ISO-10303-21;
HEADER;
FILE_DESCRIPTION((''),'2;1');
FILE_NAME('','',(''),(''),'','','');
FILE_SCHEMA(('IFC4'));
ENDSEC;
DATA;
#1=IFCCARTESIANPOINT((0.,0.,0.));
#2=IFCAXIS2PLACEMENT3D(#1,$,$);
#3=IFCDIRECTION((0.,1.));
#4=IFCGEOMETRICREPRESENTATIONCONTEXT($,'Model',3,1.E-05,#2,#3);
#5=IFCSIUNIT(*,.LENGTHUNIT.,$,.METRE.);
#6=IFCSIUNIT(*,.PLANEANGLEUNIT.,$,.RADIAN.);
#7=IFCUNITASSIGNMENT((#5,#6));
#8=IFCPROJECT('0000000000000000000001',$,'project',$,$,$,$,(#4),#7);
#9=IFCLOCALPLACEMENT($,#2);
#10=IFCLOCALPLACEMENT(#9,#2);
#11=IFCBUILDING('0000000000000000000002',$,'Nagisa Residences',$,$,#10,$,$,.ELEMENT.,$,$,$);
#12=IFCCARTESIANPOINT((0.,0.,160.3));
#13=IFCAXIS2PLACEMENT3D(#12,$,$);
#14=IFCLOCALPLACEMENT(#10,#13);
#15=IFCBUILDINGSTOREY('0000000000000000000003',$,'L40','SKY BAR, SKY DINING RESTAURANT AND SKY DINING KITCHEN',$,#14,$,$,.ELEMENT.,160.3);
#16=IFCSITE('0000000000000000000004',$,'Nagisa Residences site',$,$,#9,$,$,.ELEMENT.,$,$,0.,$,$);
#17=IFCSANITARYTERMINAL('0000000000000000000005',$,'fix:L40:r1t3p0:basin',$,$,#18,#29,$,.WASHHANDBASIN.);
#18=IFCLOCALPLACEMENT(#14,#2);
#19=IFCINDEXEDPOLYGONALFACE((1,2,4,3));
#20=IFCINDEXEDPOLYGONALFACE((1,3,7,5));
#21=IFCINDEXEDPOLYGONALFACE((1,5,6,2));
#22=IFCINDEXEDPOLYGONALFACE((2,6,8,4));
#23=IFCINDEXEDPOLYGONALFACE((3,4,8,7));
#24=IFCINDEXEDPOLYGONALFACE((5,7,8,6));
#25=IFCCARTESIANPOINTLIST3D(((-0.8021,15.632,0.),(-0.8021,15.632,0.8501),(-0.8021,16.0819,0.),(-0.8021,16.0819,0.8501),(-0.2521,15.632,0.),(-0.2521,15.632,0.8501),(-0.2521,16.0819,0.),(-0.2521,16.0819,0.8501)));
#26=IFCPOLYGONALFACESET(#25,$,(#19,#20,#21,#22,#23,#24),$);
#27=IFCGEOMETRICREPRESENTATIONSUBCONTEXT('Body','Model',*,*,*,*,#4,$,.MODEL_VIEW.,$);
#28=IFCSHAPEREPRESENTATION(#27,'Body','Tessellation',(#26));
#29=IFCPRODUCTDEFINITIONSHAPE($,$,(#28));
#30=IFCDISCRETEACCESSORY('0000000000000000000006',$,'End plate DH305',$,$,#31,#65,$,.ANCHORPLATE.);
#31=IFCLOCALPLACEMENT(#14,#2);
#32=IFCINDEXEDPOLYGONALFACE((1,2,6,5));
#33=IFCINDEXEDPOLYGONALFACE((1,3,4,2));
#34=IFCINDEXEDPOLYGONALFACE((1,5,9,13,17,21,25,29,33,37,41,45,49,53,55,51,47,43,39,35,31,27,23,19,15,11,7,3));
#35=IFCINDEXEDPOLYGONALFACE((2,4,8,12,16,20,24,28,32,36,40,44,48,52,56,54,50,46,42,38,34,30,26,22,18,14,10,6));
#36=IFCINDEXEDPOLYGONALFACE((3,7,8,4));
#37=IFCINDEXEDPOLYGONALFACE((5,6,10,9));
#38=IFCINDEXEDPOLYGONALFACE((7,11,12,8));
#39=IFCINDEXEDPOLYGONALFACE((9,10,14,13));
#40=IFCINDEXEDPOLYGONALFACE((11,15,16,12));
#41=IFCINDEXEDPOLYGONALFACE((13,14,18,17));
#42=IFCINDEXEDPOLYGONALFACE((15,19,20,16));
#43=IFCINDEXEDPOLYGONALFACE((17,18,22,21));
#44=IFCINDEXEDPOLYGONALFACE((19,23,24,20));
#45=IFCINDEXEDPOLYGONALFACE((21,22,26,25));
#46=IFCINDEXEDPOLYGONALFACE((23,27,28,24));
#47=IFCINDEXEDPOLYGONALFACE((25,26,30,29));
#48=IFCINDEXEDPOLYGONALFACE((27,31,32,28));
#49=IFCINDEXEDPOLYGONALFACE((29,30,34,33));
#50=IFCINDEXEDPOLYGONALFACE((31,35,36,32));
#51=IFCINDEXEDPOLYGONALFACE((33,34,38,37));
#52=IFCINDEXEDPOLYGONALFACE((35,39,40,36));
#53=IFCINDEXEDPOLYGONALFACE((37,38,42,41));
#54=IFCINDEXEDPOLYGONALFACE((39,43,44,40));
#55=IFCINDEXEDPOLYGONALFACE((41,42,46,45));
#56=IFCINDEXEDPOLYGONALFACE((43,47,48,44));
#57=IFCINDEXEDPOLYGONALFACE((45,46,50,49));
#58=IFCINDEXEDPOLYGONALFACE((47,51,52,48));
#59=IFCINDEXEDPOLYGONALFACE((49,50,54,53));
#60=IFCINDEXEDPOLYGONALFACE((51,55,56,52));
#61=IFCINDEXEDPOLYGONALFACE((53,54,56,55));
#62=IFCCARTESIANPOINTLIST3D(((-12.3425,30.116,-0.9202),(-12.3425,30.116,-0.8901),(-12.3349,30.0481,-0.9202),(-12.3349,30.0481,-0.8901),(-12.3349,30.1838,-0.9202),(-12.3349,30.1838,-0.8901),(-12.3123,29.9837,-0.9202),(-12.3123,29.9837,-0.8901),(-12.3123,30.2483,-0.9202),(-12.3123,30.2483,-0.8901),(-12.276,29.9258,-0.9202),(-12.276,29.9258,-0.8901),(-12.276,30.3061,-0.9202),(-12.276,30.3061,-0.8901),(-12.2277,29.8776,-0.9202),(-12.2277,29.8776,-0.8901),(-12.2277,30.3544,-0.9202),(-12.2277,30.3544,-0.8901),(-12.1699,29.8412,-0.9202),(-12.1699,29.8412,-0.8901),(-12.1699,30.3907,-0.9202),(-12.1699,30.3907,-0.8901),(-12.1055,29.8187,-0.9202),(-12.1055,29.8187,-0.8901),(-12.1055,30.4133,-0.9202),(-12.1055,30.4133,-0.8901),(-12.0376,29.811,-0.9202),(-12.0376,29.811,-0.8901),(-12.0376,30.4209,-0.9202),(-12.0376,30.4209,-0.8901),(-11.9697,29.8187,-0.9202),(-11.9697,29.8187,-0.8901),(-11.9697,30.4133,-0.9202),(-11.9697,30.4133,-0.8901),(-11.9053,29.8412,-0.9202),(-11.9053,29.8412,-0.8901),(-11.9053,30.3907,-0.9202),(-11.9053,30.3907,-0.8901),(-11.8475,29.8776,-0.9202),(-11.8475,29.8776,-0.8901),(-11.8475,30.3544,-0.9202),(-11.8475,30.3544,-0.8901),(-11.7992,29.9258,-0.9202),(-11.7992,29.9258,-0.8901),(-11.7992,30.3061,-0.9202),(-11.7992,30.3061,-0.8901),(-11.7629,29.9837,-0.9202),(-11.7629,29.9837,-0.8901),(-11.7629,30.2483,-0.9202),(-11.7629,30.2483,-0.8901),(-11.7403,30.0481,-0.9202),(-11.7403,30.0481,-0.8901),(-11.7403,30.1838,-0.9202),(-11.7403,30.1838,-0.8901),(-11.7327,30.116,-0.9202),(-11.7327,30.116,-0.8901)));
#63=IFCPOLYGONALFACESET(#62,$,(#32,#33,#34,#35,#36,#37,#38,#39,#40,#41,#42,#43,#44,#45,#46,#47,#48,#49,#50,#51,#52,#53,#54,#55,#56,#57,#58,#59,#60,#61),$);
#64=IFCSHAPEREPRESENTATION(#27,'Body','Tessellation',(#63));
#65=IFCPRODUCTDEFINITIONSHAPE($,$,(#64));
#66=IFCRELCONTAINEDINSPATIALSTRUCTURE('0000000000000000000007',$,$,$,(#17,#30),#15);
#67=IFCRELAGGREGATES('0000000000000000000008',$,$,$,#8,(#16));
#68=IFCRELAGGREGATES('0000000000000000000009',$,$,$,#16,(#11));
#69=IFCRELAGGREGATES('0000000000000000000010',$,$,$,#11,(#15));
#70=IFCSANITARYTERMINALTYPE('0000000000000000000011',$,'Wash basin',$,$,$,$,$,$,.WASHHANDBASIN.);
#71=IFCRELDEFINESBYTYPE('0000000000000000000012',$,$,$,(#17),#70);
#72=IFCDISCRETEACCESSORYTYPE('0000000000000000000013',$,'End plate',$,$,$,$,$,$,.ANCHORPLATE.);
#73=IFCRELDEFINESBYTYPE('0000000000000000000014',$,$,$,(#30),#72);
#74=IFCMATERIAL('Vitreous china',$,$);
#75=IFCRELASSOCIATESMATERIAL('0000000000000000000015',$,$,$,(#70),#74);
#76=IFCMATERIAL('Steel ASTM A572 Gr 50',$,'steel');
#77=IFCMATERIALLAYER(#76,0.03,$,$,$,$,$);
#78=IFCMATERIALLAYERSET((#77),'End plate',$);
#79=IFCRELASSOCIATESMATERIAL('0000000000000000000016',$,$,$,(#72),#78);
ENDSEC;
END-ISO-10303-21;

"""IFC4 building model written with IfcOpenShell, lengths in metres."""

from ifc_helpers import new_model, si_unit, direction, frame, origin, origin_2d, place, context, subcontext, project, spatial, rectangle, circle, extrude, material, layer, layer_set, type_object, element, save


model = new_model("IFC4")

# Units and contexts
model_context = context("Model", 3, precision=1e-05, world=origin(), true_north=direction((0.0, 1.0)))
body_context = subcontext(model_context, "Body", "Model", "MODEL_VIEW")
ifc_project = project(units=[si_unit("LENGTHUNIT", "METRE"), si_unit("PLANEANGLEUNIT", "RADIAN")], contexts=[model_context])

# Site, building, storey
site_placement = place(None, origin())
site = spatial("IfcSite", under=ifc_project, at=site_placement, Name="Nagisa Residences site", CompositionType="ELEMENT", RefElevation=0.0)
building_placement = place(site_placement, origin())
building = spatial("IfcBuilding", under=site, at=building_placement, Name="Nagisa Residences", CompositionType="ELEMENT")
storey_placement = place(building_placement, frame((0.0, 0.0, 160.3)))
storey = spatial("IfcBuildingStorey", under=building, at=storey_placement, Name="L40", Description="SKY BAR, SKY DINING RESTAURANT AND SKY DINING KITCHEN", CompositionType="ELEMENT", Elevation=160.3)

# Sanitary terminal
ifc_material_1 = material(Name="Vitreous china")
sanitary_terminal_type = type_object("IfcSanitaryTerminalType", Name="Wash basin", PredefinedType="WASHHANDBASIN", material=ifc_material_1)
sanitary_terminal_placement = place(storey_placement, frame((-0.5271, 15.8569, 0.0), z_axis=(0.0, 0.0, 1.0), x_axis=(1.0, 0.0, 0.0)))
element("IfcSanitaryTerminal", 1, at=sanitary_terminal_placement, inside=storey, type_object=sanitary_terminal_type, Name="fix:L40:r1t3p0:basin", PredefinedType="WASHHANDBASIN", context=body_context, shape_type="SweptSolid", body=[
    extrude(rectangle(XDim=0.55, YDim=0.45, at=origin_2d()), origin(), (0.0, 0.0, 1.0), 0.8501),
])

# Discrete accessory
ifc_material_2 = material(Name="Steel ASTM A572 Gr 50", Category="steel")
ifc_layer_1 = layer(ifc_material_2, 0.03)
ifc_layer_set_1 = layer_set([ifc_layer_1], Name="End plate")
discrete_accessory_type = type_object("IfcDiscreteAccessoryType", Name="End plate", PredefinedType="ANCHORPLATE", material=ifc_layer_set_1)
discrete_accessory_placement = place(storey_placement, frame((-12.0376, 30.116, -0.8901), z_axis=(0.0, 0.0, -1.0), x_axis=(1.0, 0.0, 0.0)))
element("IfcDiscreteAccessory", 2, at=discrete_accessory_placement, inside=storey, type_object=discrete_accessory_type, Name="End plate DH305", PredefinedType="ANCHORPLATE", context=body_context, shape_type="SweptSolid", body=[
    extrude(circle(Radius=0.3049, at=origin_2d()), origin(), (0.0, 0.0, 1.0), 0.03),
])

save(model, "model.ifc")
